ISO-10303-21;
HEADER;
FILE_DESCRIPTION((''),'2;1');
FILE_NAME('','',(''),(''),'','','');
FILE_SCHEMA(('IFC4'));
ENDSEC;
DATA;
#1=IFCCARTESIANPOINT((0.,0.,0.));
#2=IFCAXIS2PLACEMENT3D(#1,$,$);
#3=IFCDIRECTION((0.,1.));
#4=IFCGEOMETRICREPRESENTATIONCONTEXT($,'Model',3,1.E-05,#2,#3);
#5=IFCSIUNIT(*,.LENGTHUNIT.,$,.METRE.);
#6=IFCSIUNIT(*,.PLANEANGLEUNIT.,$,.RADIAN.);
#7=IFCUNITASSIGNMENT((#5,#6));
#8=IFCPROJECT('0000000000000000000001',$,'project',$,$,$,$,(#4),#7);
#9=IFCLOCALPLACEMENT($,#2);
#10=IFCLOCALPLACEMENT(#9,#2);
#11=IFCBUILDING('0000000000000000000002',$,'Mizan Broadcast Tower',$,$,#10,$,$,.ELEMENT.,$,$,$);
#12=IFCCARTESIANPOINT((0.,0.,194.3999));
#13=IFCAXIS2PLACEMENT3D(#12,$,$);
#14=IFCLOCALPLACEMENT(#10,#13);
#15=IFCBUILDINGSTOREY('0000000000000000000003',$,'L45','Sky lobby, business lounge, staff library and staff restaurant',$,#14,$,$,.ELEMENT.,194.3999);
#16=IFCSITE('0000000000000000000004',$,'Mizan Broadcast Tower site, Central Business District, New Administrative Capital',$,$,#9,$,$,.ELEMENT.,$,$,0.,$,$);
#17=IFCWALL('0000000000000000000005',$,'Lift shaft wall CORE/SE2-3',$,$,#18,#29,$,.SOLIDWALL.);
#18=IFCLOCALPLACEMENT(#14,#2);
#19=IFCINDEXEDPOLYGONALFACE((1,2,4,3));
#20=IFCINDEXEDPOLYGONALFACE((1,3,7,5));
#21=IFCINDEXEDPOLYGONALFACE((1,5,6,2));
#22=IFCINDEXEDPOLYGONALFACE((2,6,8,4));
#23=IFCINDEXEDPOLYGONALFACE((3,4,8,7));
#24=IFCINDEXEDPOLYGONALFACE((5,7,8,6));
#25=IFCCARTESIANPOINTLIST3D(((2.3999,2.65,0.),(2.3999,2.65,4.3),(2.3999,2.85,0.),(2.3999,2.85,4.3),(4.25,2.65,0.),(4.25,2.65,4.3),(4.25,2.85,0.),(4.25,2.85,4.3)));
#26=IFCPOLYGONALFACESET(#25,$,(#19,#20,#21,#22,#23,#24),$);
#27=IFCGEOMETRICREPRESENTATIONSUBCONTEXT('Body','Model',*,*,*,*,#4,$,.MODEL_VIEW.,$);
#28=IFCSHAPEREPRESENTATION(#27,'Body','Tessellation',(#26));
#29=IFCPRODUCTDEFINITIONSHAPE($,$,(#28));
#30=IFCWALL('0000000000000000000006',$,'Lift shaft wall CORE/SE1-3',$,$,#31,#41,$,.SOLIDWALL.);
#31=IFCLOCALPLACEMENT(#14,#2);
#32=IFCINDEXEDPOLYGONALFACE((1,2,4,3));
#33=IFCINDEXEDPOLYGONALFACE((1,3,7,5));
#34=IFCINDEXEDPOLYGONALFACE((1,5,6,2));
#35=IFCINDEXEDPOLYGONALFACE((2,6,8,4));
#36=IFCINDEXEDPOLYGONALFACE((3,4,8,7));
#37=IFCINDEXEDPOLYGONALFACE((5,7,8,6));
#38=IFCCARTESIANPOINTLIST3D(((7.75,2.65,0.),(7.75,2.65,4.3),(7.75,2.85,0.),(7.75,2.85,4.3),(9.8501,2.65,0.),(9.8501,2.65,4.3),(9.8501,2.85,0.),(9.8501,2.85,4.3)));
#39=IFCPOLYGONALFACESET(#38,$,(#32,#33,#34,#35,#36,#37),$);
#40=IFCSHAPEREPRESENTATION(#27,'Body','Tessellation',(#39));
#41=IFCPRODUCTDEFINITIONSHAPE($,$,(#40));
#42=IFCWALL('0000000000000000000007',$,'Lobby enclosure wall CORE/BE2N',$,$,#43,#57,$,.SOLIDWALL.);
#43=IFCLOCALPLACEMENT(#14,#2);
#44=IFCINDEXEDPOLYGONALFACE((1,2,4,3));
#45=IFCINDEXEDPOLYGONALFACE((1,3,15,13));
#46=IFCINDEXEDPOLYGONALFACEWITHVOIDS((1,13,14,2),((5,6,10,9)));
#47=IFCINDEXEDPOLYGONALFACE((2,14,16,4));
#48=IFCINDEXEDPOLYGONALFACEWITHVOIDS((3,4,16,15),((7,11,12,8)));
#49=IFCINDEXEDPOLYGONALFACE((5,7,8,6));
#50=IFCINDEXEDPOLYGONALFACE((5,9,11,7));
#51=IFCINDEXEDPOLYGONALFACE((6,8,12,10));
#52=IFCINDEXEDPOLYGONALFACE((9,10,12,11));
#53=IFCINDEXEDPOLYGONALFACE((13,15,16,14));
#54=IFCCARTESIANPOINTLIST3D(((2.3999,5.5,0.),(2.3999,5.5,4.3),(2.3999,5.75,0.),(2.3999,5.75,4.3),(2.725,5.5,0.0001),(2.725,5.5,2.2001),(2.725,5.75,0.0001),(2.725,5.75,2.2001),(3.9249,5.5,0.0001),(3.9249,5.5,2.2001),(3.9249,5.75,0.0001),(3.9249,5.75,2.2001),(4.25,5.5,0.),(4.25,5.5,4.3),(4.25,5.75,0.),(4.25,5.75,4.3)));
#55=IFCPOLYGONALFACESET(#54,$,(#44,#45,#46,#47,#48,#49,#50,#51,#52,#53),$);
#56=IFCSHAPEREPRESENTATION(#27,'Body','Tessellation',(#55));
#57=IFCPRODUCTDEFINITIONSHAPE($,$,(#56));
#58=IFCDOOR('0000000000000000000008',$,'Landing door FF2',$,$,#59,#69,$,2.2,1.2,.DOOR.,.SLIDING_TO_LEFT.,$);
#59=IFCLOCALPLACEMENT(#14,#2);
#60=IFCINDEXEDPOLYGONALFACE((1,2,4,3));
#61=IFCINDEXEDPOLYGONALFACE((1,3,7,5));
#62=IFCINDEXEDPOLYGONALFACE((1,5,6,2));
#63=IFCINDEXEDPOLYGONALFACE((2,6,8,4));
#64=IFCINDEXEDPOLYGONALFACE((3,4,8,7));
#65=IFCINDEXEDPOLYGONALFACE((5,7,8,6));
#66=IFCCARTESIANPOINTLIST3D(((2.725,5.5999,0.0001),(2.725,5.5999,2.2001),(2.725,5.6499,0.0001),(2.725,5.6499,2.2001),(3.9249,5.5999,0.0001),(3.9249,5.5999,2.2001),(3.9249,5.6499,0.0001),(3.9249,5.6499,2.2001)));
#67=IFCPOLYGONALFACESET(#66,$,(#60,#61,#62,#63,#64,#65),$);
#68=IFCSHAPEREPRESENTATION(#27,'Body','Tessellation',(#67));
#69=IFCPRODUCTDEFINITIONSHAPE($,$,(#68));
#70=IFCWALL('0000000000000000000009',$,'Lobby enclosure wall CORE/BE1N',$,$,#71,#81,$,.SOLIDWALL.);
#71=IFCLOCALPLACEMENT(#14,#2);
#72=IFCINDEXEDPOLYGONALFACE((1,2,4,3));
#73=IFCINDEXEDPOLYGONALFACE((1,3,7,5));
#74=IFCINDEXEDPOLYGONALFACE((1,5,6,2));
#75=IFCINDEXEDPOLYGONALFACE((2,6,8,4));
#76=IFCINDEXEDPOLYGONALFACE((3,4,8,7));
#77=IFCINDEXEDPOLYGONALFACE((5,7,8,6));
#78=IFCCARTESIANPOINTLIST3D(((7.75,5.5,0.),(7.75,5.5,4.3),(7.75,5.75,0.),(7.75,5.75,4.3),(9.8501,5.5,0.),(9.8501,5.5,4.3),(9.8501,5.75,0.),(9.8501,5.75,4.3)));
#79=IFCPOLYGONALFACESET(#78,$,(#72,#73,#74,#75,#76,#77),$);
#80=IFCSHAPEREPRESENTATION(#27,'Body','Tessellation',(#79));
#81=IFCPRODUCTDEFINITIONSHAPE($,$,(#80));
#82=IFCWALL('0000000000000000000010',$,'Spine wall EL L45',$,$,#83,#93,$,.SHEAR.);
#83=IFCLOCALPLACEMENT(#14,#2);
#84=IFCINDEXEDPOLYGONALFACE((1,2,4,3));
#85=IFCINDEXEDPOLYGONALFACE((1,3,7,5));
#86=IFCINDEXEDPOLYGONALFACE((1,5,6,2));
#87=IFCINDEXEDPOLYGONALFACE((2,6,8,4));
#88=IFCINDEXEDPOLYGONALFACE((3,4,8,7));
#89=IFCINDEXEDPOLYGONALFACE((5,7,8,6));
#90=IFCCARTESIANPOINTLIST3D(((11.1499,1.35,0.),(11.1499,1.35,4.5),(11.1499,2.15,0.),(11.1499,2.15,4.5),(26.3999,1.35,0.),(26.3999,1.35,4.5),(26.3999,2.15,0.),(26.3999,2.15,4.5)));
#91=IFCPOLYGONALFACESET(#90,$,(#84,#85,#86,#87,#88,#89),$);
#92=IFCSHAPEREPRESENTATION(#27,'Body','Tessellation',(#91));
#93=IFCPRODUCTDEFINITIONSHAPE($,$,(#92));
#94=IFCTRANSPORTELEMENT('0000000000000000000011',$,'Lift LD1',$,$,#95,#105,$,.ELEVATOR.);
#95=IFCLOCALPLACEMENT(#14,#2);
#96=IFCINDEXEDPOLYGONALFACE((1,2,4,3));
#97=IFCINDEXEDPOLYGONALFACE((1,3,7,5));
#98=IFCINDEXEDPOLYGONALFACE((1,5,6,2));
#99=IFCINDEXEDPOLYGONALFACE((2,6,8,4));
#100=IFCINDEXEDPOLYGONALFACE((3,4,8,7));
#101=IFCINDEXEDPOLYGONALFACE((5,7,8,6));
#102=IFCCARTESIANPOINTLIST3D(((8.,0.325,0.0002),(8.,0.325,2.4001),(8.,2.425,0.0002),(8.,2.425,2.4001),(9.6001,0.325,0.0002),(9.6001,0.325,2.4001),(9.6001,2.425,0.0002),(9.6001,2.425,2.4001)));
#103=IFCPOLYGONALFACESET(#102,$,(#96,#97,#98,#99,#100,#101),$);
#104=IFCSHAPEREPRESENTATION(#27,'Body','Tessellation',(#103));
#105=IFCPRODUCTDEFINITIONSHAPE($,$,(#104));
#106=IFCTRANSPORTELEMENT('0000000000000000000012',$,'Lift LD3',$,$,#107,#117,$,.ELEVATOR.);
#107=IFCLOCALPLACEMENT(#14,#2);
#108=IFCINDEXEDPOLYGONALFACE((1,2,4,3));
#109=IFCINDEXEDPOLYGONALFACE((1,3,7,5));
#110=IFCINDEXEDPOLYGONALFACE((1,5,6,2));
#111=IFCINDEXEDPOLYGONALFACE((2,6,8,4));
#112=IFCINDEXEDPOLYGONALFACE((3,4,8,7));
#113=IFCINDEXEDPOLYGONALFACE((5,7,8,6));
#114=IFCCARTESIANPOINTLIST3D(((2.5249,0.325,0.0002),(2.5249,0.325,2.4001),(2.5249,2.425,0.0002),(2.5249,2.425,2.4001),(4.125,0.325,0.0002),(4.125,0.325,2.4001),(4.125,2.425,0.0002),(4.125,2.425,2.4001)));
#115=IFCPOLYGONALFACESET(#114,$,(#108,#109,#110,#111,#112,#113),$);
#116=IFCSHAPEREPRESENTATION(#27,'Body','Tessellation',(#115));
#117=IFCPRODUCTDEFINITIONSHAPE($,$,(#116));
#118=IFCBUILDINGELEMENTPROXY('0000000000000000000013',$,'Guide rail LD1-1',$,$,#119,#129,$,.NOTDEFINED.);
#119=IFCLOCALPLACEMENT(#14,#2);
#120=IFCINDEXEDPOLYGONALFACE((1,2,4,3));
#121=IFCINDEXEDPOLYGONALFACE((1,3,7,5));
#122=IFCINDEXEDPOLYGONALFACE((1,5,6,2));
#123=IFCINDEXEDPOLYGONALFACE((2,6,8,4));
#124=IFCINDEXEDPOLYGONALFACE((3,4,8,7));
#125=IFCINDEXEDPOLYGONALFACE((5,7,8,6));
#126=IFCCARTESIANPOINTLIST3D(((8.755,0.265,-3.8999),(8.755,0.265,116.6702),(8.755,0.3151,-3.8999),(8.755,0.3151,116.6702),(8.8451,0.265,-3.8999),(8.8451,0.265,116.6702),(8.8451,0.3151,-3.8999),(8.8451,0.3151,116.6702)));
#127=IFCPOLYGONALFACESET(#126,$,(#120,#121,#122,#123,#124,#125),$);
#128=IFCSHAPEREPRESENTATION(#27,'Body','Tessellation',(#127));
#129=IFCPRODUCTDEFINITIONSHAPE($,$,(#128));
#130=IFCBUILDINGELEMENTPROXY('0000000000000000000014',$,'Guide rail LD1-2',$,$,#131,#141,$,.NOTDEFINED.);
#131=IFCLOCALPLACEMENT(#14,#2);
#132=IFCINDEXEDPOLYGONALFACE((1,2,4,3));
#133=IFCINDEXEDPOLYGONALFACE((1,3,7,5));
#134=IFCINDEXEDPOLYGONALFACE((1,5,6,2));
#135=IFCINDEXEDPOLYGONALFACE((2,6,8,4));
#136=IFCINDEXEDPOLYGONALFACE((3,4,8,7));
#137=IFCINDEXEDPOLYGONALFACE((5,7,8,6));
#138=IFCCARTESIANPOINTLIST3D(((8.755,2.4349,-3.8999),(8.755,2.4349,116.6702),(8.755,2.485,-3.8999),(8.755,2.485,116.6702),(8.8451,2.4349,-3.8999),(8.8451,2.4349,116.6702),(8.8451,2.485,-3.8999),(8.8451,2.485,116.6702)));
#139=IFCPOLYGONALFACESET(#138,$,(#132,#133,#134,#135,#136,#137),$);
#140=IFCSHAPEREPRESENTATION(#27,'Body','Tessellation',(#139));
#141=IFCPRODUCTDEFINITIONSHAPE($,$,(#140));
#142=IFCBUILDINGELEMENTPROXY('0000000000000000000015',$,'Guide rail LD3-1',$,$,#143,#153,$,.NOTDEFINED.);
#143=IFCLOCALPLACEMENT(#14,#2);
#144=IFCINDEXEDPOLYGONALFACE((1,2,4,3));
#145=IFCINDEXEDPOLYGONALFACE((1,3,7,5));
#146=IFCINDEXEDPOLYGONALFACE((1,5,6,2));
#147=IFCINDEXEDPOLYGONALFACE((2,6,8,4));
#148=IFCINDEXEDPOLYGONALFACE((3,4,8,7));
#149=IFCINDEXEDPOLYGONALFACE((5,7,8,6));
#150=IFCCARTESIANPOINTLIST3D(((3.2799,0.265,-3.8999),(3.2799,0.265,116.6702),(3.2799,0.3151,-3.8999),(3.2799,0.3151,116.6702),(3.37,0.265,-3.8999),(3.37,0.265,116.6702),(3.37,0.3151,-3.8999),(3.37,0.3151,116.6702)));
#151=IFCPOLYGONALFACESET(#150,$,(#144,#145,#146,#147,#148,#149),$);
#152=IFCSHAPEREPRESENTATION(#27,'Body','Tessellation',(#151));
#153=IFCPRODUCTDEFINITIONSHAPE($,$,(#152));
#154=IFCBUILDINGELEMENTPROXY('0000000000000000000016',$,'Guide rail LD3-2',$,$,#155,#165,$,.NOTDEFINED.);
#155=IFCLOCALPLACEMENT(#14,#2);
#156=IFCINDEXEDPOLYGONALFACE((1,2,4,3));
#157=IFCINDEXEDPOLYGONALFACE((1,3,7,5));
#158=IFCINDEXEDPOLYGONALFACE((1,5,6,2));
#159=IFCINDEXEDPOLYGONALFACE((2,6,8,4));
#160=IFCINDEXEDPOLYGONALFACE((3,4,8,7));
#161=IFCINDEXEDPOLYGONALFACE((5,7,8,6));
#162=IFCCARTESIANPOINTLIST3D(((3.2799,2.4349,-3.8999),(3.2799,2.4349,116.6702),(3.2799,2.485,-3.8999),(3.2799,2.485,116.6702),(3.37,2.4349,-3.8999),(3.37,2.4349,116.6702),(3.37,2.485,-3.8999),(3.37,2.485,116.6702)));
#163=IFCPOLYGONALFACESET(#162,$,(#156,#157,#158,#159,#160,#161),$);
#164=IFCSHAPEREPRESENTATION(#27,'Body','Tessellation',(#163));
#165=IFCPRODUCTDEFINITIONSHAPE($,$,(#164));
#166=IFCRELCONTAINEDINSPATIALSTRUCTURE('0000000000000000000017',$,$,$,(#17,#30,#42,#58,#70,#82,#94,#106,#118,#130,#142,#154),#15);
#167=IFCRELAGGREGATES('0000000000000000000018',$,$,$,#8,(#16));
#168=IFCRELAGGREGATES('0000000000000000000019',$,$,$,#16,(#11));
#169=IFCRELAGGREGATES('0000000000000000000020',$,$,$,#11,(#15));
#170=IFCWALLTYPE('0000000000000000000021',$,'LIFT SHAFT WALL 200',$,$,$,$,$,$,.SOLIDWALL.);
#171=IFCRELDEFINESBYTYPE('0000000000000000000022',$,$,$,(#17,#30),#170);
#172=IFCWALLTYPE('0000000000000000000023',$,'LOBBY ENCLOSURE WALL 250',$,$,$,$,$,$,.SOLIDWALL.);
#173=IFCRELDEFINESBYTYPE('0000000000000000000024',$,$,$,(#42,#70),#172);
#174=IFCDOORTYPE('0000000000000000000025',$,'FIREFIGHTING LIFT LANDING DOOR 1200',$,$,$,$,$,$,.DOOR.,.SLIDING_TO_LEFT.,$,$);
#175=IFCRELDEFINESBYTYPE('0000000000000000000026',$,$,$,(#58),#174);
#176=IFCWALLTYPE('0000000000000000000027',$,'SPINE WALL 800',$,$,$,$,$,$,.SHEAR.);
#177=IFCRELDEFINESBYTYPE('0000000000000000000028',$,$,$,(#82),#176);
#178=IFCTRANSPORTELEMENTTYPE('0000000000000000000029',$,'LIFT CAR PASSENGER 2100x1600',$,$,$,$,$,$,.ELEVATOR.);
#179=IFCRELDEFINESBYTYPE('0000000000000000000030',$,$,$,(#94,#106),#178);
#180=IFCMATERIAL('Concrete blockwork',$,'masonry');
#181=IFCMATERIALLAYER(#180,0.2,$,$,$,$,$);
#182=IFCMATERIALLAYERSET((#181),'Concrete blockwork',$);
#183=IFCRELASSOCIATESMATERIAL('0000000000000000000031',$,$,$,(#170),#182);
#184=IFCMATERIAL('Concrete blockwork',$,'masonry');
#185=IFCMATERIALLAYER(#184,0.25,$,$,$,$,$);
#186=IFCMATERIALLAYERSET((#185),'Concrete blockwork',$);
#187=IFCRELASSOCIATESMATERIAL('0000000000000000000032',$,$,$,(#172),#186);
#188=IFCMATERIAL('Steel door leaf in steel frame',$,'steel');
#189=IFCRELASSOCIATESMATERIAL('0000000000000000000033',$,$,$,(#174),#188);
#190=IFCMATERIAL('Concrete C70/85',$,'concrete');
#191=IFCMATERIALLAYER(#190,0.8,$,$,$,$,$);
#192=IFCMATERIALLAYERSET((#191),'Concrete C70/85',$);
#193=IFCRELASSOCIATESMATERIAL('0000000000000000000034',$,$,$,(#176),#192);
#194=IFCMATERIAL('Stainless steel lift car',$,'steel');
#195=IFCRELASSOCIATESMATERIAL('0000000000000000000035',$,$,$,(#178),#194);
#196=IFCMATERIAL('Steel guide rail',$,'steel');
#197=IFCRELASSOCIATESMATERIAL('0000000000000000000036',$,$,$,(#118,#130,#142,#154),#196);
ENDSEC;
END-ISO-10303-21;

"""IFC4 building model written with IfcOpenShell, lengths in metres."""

from ifc_helpers import new_model, si_unit, direction, frame, frame_2d, origin, origin_2d, place, context, subcontext, project, spatial, rectangle, extrude, material, layer, layer_set, type_object, element, fill, save


model = new_model("IFC4")

# Units and contexts
model_context = context("Model", 3, precision=1e-05, world=origin(), true_north=direction((0.0, 1.0)))
body_context = subcontext(model_context, "Body", "Model", "MODEL_VIEW")
ifc_project = project(units=[si_unit("LENGTHUNIT", "METRE"), si_unit("PLANEANGLEUNIT", "RADIAN")], contexts=[model_context])

# Site, building, storey
site_placement = place(None, origin())
site = spatial("IfcSite", under=ifc_project, at=site_placement, Name="Mizan Broadcast Tower site, Central Business District, New Administrative Capital", CompositionType="ELEMENT", RefElevation=0.0)
building_placement = place(site_placement, origin())
building = spatial("IfcBuilding", under=site, at=building_placement, Name="Mizan Broadcast Tower", CompositionType="ELEMENT")
storey_placement = place(building_placement, frame((0.0, 0.0, 194.3999)))
storey = spatial("IfcBuildingStorey", under=building, at=storey_placement, Name="L45", Description="Sky lobby, business lounge, staff library and staff restaurant", CompositionType="ELEMENT", Elevation=194.3999)

# Walls
ifc_material_1 = material(Name="Concrete blockwork", Category="masonry")
ifc_layer_1 = layer(ifc_material_1, 0.2)
ifc_layer_set_1 = layer_set([ifc_layer_1], Name="Concrete blockwork")
wall_type_1 = type_object("IfcWallType", Name="LIFT SHAFT WALL 200", PredefinedType="SOLIDWALL", material=ifc_layer_set_1)
wall_1_placement = place(storey_placement, frame((2.3999, 2.75, 0.0), z_axis=(0.0, 0.0, 1.0), x_axis=(1.0, 0.0, 0.0)))
element("IfcWall", 1, at=wall_1_placement, inside=storey, type_object=wall_type_1, Name="Lift shaft wall CORE/SE2-3", PredefinedType="SOLIDWALL", context=body_context, shape_type="SweptSolid", body=[
    extrude(rectangle(XDim=1.8501, YDim=0.2, at=frame_2d((0.925, 0.0))), origin(), (0.0, 0.0, 1.0), 4.3),
])
wall_2_placement = place(storey_placement, frame((7.75, 2.75, 0.0), z_axis=(0.0, 0.0, 1.0), x_axis=(1.0, 0.0, 0.0)))
element("IfcWall", 2, at=wall_2_placement, inside=storey, type_object=wall_type_1, Name="Lift shaft wall CORE/SE1-3", PredefinedType="SOLIDWALL", context=body_context, shape_type="SweptSolid", body=[
    extrude(rectangle(XDim=2.1001, YDim=0.2, at=frame_2d((1.05, 0.0))), origin(), (0.0, 0.0, 1.0), 4.3),
])

# Wall, opening, door
ifc_material_2 = material(Name="Concrete blockwork", Category="masonry")
ifc_layer_2 = layer(ifc_material_2, 0.25)
ifc_layer_set_2 = layer_set([ifc_layer_2], Name="Concrete blockwork")
wall_type_2 = type_object("IfcWallType", Name="LOBBY ENCLOSURE WALL 250", PredefinedType="SOLIDWALL", material=ifc_layer_set_2)
wall_3_placement = place(storey_placement, frame((2.3999, 5.625, 0.0), z_axis=(0.0, 0.0, 1.0), x_axis=(1.0, 0.0, 0.0)))
wall_3 = element("IfcWall", 3, at=wall_3_placement, inside=storey, type_object=wall_type_2, Name="Lobby enclosure wall CORE/BE2N", PredefinedType="SOLIDWALL", context=body_context, shape_type="SweptSolid", body=[
    extrude(rectangle(XDim=1.8501, YDim=0.25, at=frame_2d((0.925, 0.0))), origin(), (0.0, 0.0, 1.0), 4.3),
])
opening_1_placement = place(wall_3_placement, frame((0.325, 0.0, 0.0)))
opening_1 = element("IfcOpeningElement", 4, at=opening_1_placement, cuts=wall_3, PredefinedType="OPENING", context=body_context, shape_type="SweptSolid", body=[
    extrude(rectangle(XDim=1.2, YDim=2.2, at=frame_2d((0.6001, 1.1001))), frame((0.0, 0.135, 0.0), z_axis=(0.0, -1.0, 0.0), x_axis=(1.0, 0.0, 0.0)), (0.0, 0.0, 1.0), 0.27),
])
ifc_material_3 = material(Name="Steel door leaf in steel frame", Category="steel")
door_type_1 = type_object("IfcDoorType", Name="FIREFIGHTING LIFT LANDING DOOR 1200", OperationType="SLIDING_TO_LEFT", PredefinedType="DOOR", material=ifc_material_3)
door_1_placement = place(opening_1_placement, origin())
door_1 = element("IfcDoor", 5, at=door_1_placement, inside=storey, type_object=door_type_1, Name="Landing door FF2", OperationType="SLIDING_TO_LEFT", OverallHeight=2.2, OverallWidth=1.2, PredefinedType="DOOR", context=body_context, shape_type="SweptSolid", body=[
    extrude(rectangle(XDim=1.2, YDim=2.2, at=frame_2d((0.6001, 1.1001))), frame((0.0, 0.0249, 0.0), z_axis=(0.0, -1.0, 0.0), x_axis=(1.0, 0.0, 0.0)), (0.0, 0.0, 1.0), 0.05),
])
fill(opening_1, door_1)

# Walls
wall_4_placement = place(storey_placement, frame((7.75, 5.625, 0.0), z_axis=(0.0, 0.0, 1.0), x_axis=(1.0, 0.0, 0.0)))
element("IfcWall", 6, at=wall_4_placement, inside=storey, type_object=wall_type_2, Name="Lobby enclosure wall CORE/BE1N", PredefinedType="SOLIDWALL", context=body_context, shape_type="SweptSolid", body=[
    extrude(rectangle(XDim=2.1001, YDim=0.25, at=frame_2d((1.05, 0.0))), origin(), (0.0, 0.0, 1.0), 4.3),
])
ifc_material_4 = material(Name="Concrete C70/85", Category="concrete")
ifc_layer_3 = layer(ifc_material_4, 0.8)
ifc_layer_set_3 = layer_set([ifc_layer_3], Name="Concrete C70/85")
wall_type_3 = type_object("IfcWallType", Name="SPINE WALL 800", PredefinedType="SHEAR", material=ifc_layer_set_3)
wall_5_placement = place(storey_placement, frame((11.1499, 1.75, 0.0), z_axis=(0.0, 0.0, 1.0), x_axis=(1.0, 0.0, 0.0)))
element("IfcWall", 7, at=wall_5_placement, inside=storey, type_object=wall_type_3, Name="Spine wall EL L45", PredefinedType="SHEAR", context=body_context, shape_type="SweptSolid", body=[
    extrude(rectangle(XDim=15.25, YDim=0.8, at=frame_2d((7.625, 0.0))), origin(), (0.0, 0.0, 1.0), 4.5),
])

# Transport elements
ifc_material_5 = material(Name="Stainless steel lift car", Category="steel")
transport_element_type = type_object("IfcTransportElementType", Name="LIFT CAR PASSENGER 2100x1600", PredefinedType="ELEVATOR", material=ifc_material_5)
for number, where, z_axis, x_axis, name in (
    (8, (8.8, 1.375, 0.0002), (0.0, 0.0, 1.0), (1.0, 0.0, 0.0), "Lift LD1"),
    (9, (3.325, 1.375, 0.0002), (0.0, 0.0, 1.0), (1.0, 0.0, 0.0), "Lift LD3"),
):
    element("IfcTransportElement", number, at=place(storey_placement, frame(where, z_axis=z_axis, x_axis=x_axis)), inside=storey, type_object=transport_element_type, Name=name, PredefinedType="ELEVATOR", context=body_context, shape_type="SweptSolid", body=[
        extrude(rectangle(XDim=1.6001, YDim=2.1001, at=origin_2d()), origin(), (0.0, 0.0, 1.0), 2.3999),
    ])

# Building element proxies
ifc_material_6 = material(Name="Steel guide rail", Category="steel")
for number, where, z_axis, x_axis, name in (
    (10, (8.8, 0.29, -3.8999), (0.0, 0.0, 1.0), (1.0, 0.0, 0.0), "Guide rail LD1-1"),
    (11, (8.8, 2.46, -3.8999), (0.0, 0.0, 1.0), (1.0, 0.0, 0.0), "Guide rail LD1-2"),
    (12, (3.325, 0.29, -3.8999), (0.0, 0.0, 1.0), (1.0, 0.0, 0.0), "Guide rail LD3-1"),
    (13, (3.325, 2.46, -3.8999), (0.0, 0.0, 1.0), (1.0, 0.0, 0.0), "Guide rail LD3-2"),
):
    element("IfcBuildingElementProxy", number, at=place(storey_placement, frame(where, z_axis=z_axis, x_axis=x_axis)), inside=storey, material=ifc_material_6, Name=name, PredefinedType="NOTDEFINED", context=body_context, shape_type="SweptSolid", body=[
        extrude(rectangle(XDim=0.0901, YDim=0.05, at=origin_2d()), origin(), (0.0, 0.0, 1.0), 120.5701),
    ])

save(model, "model.ifc")
